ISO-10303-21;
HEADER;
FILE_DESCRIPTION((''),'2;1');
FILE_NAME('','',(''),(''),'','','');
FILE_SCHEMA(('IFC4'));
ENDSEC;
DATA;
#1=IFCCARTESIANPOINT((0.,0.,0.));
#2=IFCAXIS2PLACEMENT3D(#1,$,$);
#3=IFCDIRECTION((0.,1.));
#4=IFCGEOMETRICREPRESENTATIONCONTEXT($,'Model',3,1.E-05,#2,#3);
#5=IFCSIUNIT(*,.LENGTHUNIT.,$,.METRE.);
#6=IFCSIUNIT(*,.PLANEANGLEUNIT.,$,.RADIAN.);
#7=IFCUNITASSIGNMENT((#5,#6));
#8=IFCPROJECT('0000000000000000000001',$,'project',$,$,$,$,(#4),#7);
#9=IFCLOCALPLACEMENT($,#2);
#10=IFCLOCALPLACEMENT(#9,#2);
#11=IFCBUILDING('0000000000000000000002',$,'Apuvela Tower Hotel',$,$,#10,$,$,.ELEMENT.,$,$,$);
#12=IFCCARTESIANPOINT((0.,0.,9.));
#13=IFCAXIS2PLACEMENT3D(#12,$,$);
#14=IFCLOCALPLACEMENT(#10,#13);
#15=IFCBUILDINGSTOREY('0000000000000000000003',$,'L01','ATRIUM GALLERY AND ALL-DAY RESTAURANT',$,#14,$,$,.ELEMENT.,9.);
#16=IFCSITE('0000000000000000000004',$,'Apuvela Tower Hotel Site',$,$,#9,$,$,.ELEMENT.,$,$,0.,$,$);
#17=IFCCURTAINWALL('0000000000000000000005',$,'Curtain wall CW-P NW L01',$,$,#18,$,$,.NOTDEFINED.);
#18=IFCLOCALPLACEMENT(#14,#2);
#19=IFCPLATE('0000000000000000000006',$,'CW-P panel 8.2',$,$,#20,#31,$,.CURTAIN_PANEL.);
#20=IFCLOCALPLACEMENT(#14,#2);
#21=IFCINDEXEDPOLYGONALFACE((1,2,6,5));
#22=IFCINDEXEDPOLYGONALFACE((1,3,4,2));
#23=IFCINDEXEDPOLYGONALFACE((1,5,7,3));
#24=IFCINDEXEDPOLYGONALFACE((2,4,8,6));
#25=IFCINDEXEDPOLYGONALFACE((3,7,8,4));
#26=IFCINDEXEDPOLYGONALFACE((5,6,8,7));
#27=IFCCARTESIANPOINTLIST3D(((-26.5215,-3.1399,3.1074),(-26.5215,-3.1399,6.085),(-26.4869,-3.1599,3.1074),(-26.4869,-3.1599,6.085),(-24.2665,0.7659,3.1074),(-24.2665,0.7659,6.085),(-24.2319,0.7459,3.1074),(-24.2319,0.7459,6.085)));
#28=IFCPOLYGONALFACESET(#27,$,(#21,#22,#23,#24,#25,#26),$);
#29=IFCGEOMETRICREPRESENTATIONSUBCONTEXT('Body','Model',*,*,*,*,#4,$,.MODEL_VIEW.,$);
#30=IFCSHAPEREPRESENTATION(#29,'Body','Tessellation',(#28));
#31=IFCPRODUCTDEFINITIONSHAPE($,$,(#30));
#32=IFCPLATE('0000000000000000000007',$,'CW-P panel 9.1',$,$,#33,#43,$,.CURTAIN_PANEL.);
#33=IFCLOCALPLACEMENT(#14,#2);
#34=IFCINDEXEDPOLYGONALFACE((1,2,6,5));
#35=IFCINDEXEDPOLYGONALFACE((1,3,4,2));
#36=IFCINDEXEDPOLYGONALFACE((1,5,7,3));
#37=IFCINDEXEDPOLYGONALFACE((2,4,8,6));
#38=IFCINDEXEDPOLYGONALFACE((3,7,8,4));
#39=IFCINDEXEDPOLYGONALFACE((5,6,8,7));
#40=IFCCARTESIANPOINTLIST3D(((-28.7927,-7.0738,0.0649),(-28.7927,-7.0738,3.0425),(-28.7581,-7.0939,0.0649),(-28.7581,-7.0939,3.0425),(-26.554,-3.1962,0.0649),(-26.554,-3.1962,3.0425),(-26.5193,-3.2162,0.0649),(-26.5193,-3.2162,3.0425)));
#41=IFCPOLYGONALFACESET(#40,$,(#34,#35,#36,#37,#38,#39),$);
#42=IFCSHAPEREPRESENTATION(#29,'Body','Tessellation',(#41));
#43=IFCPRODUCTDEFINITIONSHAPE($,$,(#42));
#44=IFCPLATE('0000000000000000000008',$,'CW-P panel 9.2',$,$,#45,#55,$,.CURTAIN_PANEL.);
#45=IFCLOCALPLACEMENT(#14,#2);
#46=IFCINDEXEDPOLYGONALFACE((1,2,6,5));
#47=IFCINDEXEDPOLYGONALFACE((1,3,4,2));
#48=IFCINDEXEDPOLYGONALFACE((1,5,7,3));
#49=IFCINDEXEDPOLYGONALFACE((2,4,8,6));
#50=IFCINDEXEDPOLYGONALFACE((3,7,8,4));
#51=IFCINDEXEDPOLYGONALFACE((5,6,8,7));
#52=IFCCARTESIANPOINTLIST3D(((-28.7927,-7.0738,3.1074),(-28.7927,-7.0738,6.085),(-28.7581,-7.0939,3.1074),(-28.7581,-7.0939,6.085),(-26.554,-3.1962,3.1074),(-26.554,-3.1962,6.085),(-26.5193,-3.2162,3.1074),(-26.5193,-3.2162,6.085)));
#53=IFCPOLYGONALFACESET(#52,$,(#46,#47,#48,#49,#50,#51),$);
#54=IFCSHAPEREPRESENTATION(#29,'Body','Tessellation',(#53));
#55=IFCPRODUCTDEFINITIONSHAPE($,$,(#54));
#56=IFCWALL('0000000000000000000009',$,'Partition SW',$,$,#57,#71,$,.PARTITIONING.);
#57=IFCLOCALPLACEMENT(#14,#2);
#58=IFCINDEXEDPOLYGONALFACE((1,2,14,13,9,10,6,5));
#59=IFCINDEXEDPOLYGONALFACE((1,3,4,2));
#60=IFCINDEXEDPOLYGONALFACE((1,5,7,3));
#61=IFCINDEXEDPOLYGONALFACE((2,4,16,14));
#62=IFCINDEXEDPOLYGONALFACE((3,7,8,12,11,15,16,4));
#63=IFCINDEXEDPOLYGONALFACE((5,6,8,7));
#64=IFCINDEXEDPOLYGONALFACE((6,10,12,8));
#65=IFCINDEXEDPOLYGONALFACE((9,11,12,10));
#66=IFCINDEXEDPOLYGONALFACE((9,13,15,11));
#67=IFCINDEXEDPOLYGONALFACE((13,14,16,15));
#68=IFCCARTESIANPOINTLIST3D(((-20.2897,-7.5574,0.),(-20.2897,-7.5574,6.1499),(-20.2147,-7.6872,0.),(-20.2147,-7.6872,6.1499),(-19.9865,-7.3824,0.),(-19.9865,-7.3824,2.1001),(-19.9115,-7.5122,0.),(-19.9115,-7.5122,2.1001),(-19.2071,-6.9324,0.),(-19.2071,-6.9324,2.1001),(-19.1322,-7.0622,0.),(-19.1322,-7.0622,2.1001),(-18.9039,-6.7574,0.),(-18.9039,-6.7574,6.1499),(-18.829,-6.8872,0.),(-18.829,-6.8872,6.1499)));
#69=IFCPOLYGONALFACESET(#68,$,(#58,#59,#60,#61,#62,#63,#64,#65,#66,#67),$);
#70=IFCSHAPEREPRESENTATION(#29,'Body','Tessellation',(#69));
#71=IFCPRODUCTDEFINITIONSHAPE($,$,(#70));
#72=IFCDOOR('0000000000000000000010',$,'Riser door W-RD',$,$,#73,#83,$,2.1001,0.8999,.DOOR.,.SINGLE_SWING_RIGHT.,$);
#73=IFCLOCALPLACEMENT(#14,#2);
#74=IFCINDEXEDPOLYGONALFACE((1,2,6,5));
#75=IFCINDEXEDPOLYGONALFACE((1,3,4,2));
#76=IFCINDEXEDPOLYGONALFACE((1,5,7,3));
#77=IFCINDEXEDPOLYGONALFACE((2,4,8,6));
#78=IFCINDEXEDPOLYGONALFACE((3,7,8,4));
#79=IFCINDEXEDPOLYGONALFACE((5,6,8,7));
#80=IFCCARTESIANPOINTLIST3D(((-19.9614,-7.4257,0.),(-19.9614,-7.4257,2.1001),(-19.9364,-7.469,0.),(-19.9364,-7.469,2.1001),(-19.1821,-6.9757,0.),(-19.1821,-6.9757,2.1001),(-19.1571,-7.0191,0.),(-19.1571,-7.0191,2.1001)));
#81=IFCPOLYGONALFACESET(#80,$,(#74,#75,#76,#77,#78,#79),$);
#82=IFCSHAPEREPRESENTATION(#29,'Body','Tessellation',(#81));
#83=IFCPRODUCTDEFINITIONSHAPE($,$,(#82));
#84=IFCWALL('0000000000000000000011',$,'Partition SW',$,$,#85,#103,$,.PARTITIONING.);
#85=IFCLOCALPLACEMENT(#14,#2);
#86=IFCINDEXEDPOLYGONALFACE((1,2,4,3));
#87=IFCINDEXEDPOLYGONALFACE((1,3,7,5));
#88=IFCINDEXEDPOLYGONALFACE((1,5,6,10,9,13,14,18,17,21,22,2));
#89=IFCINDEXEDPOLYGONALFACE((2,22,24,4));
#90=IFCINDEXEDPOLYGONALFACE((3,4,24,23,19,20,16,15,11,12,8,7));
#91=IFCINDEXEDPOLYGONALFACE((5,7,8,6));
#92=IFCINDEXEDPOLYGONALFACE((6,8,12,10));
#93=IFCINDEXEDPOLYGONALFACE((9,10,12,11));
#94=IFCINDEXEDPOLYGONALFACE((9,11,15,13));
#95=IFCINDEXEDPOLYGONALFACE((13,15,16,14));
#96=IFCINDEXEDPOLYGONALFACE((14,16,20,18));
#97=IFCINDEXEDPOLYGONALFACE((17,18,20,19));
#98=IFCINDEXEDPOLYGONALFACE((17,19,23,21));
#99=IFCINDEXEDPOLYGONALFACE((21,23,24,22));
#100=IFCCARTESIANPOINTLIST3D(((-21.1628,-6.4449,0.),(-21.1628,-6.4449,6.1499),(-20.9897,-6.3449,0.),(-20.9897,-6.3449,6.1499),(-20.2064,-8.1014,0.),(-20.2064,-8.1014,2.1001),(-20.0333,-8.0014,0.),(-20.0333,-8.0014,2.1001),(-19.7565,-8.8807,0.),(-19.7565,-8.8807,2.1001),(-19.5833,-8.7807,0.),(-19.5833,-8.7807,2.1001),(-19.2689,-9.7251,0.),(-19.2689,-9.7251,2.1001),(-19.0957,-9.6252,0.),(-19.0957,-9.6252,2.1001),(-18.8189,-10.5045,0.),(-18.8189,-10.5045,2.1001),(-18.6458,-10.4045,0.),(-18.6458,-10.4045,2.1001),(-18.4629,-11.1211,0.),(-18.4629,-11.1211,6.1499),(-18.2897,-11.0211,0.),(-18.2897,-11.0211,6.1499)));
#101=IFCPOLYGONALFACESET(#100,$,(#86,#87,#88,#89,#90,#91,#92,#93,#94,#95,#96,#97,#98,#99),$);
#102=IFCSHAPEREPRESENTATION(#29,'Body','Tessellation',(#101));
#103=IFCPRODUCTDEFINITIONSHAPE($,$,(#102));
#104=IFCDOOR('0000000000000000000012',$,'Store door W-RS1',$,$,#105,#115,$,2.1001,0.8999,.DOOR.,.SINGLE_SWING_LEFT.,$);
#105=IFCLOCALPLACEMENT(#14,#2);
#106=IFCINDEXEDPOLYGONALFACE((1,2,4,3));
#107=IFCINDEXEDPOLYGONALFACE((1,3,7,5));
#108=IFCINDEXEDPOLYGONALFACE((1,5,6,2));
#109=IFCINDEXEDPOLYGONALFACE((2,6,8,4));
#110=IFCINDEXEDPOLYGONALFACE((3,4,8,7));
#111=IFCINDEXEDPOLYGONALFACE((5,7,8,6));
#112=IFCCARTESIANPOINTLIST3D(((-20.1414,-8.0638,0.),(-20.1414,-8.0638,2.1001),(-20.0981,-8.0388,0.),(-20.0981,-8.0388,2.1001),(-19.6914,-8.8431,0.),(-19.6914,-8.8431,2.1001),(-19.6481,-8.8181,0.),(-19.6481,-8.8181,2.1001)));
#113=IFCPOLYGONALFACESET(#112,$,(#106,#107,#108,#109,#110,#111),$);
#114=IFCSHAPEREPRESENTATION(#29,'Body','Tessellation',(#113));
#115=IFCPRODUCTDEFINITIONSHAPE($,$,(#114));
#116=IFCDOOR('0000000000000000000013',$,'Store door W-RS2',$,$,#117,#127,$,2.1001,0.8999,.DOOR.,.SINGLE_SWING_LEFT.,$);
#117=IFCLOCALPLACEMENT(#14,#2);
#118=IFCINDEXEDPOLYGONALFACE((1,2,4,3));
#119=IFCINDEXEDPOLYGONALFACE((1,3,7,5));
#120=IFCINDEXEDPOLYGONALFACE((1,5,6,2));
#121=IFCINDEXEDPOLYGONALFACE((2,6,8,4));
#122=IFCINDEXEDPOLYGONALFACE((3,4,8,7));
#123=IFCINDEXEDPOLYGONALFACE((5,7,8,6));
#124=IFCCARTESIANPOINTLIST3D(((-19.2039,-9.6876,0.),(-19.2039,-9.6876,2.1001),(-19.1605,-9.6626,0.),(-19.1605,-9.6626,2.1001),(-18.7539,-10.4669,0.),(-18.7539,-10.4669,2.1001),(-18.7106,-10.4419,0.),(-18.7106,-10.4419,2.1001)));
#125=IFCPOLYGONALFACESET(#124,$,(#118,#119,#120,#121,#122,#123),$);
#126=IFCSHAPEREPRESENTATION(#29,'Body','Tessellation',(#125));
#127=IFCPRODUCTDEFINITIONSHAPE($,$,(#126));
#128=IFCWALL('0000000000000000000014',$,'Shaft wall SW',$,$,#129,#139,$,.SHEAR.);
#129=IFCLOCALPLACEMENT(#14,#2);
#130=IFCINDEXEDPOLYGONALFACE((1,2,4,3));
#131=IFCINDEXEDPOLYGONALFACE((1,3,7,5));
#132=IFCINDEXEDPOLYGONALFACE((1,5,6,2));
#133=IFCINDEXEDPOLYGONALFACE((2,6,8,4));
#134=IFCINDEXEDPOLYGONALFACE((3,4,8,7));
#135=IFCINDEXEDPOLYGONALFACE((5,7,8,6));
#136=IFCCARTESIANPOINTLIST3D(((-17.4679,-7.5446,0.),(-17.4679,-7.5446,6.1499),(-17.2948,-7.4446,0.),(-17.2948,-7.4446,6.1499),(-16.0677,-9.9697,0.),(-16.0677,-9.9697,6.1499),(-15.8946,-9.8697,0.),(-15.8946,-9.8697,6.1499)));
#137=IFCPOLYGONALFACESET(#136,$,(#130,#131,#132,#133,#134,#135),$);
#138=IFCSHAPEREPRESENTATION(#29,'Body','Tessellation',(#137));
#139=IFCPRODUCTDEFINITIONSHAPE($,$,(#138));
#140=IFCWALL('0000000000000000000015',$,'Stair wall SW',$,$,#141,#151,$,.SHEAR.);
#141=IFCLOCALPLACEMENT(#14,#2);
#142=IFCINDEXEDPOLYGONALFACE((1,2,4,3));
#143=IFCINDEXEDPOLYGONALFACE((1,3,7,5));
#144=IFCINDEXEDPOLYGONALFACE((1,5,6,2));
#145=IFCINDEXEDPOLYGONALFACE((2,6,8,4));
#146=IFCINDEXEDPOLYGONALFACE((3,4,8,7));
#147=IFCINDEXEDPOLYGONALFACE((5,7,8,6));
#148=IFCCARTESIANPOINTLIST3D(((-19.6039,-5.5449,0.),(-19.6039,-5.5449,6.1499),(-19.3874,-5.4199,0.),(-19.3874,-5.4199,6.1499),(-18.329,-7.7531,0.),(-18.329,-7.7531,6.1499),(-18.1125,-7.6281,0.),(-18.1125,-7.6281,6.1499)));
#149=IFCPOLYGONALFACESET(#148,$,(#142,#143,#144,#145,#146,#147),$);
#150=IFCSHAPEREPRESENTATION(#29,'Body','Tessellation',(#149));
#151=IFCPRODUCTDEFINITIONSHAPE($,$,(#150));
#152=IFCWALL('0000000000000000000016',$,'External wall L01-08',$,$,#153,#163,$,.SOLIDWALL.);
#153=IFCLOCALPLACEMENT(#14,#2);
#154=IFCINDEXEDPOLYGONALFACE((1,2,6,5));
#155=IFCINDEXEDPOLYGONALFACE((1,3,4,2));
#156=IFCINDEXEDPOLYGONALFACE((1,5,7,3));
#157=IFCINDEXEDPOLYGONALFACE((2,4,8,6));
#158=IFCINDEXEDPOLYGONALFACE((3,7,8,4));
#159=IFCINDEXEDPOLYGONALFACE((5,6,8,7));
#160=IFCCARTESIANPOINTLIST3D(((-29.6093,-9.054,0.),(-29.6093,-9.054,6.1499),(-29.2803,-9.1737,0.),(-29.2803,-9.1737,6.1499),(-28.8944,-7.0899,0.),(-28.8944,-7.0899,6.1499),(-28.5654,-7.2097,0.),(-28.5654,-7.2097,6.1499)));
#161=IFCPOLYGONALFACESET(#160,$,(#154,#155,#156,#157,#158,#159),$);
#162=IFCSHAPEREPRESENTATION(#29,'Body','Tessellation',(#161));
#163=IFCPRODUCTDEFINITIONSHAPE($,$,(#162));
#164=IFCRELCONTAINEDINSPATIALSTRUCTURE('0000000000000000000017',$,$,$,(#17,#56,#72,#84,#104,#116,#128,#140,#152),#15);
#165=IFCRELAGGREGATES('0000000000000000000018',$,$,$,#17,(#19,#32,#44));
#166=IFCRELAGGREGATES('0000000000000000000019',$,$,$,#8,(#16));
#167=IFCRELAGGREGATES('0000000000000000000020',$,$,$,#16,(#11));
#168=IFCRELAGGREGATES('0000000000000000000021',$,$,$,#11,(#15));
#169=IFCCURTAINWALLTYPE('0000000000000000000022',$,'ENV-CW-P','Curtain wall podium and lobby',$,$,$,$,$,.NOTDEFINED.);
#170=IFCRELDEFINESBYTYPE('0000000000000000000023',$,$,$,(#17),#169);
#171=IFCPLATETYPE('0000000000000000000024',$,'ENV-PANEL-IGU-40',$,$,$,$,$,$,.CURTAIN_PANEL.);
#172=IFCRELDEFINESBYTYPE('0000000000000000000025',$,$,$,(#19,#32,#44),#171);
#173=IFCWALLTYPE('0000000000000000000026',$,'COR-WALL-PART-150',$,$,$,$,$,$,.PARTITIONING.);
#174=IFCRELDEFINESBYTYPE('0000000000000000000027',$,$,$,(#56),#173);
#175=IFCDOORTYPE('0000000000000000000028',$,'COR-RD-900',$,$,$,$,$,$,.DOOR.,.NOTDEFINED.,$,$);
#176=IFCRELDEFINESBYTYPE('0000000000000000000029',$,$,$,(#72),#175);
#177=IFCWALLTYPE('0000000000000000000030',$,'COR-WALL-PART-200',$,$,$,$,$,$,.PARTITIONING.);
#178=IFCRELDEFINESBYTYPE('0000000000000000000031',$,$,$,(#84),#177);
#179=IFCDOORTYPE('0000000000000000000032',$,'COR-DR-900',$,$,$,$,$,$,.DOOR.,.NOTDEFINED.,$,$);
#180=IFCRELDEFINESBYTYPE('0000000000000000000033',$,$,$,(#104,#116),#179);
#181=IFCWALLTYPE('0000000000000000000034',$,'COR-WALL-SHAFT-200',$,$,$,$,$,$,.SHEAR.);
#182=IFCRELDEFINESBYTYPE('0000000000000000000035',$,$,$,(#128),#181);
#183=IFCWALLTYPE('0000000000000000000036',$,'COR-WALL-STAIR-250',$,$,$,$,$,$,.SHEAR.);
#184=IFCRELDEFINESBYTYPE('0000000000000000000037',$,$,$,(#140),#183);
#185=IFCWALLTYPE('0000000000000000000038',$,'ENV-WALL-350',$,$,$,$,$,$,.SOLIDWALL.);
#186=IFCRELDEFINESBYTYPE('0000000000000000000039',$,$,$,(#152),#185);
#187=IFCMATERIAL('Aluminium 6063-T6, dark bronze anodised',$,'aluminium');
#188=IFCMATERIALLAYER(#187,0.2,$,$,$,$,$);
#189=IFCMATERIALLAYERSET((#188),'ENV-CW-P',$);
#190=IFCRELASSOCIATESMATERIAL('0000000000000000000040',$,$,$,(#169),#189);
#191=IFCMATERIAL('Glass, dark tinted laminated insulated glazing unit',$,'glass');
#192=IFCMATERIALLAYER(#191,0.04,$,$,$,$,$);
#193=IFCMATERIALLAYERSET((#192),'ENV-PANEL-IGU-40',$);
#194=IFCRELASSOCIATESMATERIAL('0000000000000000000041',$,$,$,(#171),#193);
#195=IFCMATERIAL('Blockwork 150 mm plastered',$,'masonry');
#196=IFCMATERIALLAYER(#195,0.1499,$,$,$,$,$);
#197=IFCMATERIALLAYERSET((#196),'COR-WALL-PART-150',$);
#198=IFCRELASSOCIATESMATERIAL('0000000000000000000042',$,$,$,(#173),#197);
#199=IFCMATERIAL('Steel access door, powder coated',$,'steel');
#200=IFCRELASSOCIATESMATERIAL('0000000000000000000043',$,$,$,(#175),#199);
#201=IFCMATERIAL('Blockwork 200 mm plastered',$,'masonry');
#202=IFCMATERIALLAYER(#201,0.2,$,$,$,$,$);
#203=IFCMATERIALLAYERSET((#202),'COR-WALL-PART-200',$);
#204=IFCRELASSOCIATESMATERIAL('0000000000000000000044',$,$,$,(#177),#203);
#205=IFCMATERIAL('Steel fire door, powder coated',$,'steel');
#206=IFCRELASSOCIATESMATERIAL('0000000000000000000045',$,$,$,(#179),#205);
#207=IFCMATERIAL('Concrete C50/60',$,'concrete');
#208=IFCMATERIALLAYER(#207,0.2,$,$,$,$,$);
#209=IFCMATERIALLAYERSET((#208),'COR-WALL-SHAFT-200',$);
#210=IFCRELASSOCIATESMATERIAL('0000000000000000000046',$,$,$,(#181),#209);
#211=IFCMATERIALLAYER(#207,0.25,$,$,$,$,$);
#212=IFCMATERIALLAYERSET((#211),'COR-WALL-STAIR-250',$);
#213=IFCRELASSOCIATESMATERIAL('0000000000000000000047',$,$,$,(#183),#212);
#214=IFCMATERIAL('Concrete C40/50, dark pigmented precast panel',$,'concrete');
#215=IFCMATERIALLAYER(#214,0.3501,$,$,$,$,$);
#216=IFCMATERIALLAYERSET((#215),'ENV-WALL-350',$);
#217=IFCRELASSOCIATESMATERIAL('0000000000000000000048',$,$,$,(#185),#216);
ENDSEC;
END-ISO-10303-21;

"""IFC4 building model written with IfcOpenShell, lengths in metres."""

from ifc_helpers import new_model, si_unit, direction, frame, frame_2d, origin, origin_2d, place, context, subcontext, project, spatial, rectangle, extrude, material, layer, layer_set, type_object, element, fill, aggregate, save


model = new_model("IFC4")

# Units and contexts
model_context = context("Model", 3, precision=1e-05, world=origin(), true_north=direction((0.0, 1.0)))
body_context = subcontext(model_context, "Body", "Model", "MODEL_VIEW")
ifc_project = project(units=[si_unit("LENGTHUNIT", "METRE"), si_unit("PLANEANGLEUNIT", "RADIAN")], contexts=[model_context])

# Site, building, storey
site_placement = place(None, origin())
site = spatial("IfcSite", under=ifc_project, at=site_placement, Name="Apuvela Tower Hotel Site", CompositionType="ELEMENT", RefElevation=0.0)
building_placement = place(site_placement, origin())
building = spatial("IfcBuilding", under=site, at=building_placement, Name="Apuvela Tower Hotel", CompositionType="ELEMENT")
storey_placement = place(building_placement, frame((0.0, 0.0, 9.0)))
storey = spatial("IfcBuildingStorey", under=building, at=storey_placement, Name="L01", Description="ATRIUM GALLERY AND ALL-DAY RESTAURANT", CompositionType="ELEMENT", Elevation=9.0)

# Curtain wall
ifc_material_1 = material(Name="Aluminium 6063-T6, dark bronze anodised", Category="aluminium")
ifc_layer_1 = layer(ifc_material_1, 0.2)
ifc_layer_set_1 = layer_set([ifc_layer_1], Name="ENV-CW-P")
curtain_wall_type = type_object("IfcCurtainWallType", Name="ENV-CW-P", Description="Curtain wall podium and lobby", PredefinedType="NOTDEFINED", material=ifc_layer_set_1)
curtain_wall_placement = place(storey_placement, origin())
curtain_wall = element("IfcCurtainWall", 1, at=curtain_wall_placement, inside=storey, type_object=curtain_wall_type, Name="Curtain wall CW-P NW L01", PredefinedType="NOTDEFINED")

# Plates
ifc_material_2 = material(Name="Glass, dark tinted laminated insulated glazing unit", Category="glass")
ifc_layer_2 = layer(ifc_material_2, 0.04)
ifc_layer_set_2 = layer_set([ifc_layer_2], Name="ENV-PANEL-IGU-40")
plate_type = type_object("IfcPlateType", Name="ENV-PANEL-IGU-40", PredefinedType="CURTAIN_PANEL", material=ifc_layer_set_2)
plate_1_placement = place(storey_placement, frame((-25.3767, -1.197, 3.1074), z_axis=(0.0, 0.0, 1.0), x_axis=(-0.5, -0.866025, 0.0)))
plate_1 = element("IfcPlate", 2, at=plate_1_placement, type_object=plate_type, Name="CW-P panel 8.2", PredefinedType="CURTAIN_PANEL", context=body_context, shape_type="SweptSolid", body=[
    extrude(rectangle(XDim=4.51, YDim=0.04, at=origin_2d()), origin(), (0.0, 0.0, 1.0), 2.9775),
])
plate_2_placement = place(storey_placement, frame((-27.656, -5.145, 0.0649), z_axis=(0.0, 0.0, 1.0), x_axis=(-0.5, -0.866025, 0.0)))
plate_2 = element("IfcPlate", 3, at=plate_2_placement, type_object=plate_type, Name="CW-P panel 9.1", PredefinedType="CURTAIN_PANEL", context=body_context, shape_type="SweptSolid", body=[
    extrude(rectangle(XDim=4.4775, YDim=0.04, at=origin_2d()), origin(), (0.0, 0.0, 1.0), 2.9775),
])
plate_3_placement = place(storey_placement, frame((-27.656, -5.145, 3.1074), z_axis=(0.0, 0.0, 1.0), x_axis=(-0.5, -0.866025, 0.0)))
plate_3 = element("IfcPlate", 4, at=plate_3_placement, type_object=plate_type, Name="CW-P panel 9.2", PredefinedType="CURTAIN_PANEL", context=body_context, shape_type="SweptSolid", body=[
    extrude(rectangle(XDim=4.4775, YDim=0.04, at=origin_2d()), origin(), (0.0, 0.0, 1.0), 2.9775),
])
aggregate(curtain_wall, [plate_1, plate_2, plate_3])

# Wall, opening, door
ifc_material_3 = material(Name="Blockwork 150 mm plastered", Category="masonry")
ifc_layer_3 = layer(ifc_material_3, 0.1499)
ifc_layer_set_3 = layer_set([ifc_layer_3], Name="COR-WALL-PART-150")
wall_type_1 = type_object("IfcWallType", Name="COR-WALL-PART-150", PredefinedType="PARTITIONING", material=ifc_layer_set_3)
wall_1_placement = place(storey_placement, frame((-18.8665, -6.8223, 0.0), z_axis=(0.0, 0.0, 1.0), x_axis=(-0.866028, -0.499995, 0.0)))
wall_1 = element("IfcWall", 5, at=wall_1_placement, inside=storey, type_object=wall_type_1, Name="Partition SW", PredefinedType="PARTITIONING", context=body_context, shape_type="SweptSolid", body=[
    extrude(rectangle(XDim=1.6001, YDim=0.1499, at=frame_2d((0.8, 0.0))), origin(), (0.0, 0.0, 1.0), 6.1499),
])
opening_1_placement = place(wall_1_placement, frame((0.3501, 0.0, 0.0)))
opening_1 = element("IfcOpeningElement", 6, at=opening_1_placement, cuts=wall_1, PredefinedType="OPENING", context=body_context, shape_type="SweptSolid", body=[
    extrude(rectangle(XDim=0.8999, YDim=2.1001, at=frame_2d((0.45, 1.05))), frame((0.0, 0.085, 0.0), z_axis=(0.0, -1.0, 0.0), x_axis=(1.0, 0.0, 0.0)), (0.0, 0.0, 1.0), 0.1699),
])
ifc_material_4 = material(Name="Steel access door, powder coated", Category="steel")
door_type_1 = type_object("IfcDoorType", Name="COR-RD-900", OperationType="NOTDEFINED", PredefinedType="DOOR", material=ifc_material_4)
door_1_placement = place(opening_1_placement, frame((0.8999, 0.0, 0.0), z_axis=(0.0, 0.0, 1.0), x_axis=(-1.0, 0.0, 0.0)))
door_1 = element("IfcDoor", 7, at=door_1_placement, inside=storey, type_object=door_type_1, Name="Riser door W-RD", OperationType="SINGLE_SWING_RIGHT", OverallHeight=2.1001, OverallWidth=0.8999, PredefinedType="DOOR", context=body_context, shape_type="SweptSolid", body=[
    extrude(rectangle(XDim=0.8999, YDim=2.1001, at=frame_2d((0.45, 1.05))), frame((0.0, 0.0249, 0.0), z_axis=(0.0, -1.0, 0.0), x_axis=(1.0, 0.0, 0.0)), (0.0, 0.0, 1.0), 0.05),
])
fill(opening_1, door_1)

# Wall, openings, doors
ifc_material_5 = material(Name="Blockwork 200 mm plastered", Category="masonry")
ifc_layer_4 = layer(ifc_material_5, 0.2)
ifc_layer_set_4 = layer_set([ifc_layer_4], Name="COR-WALL-PART-200")
wall_type_2 = type_object("IfcWallType", Name="COR-WALL-PART-200", PredefinedType="PARTITIONING", material=ifc_layer_set_4)
wall_2_placement = place(storey_placement, frame((-21.0762, -6.395, 0.0), z_axis=(0.0, 0.0, 1.0), x_axis=(0.500015, -0.866017, 0.0)))
wall_2 = element("IfcWall", 8, at=wall_2_placement, inside=storey, type_object=wall_type_2, Name="Partition SW", PredefinedType="PARTITIONING", context=body_context, shape_type="SweptSolid", body=[
    extrude(rectangle(XDim=5.3997, YDim=0.2, at=frame_2d((2.6997, 0.0))), origin(), (0.0, 0.0, 1.0), 6.1499),
])
opening_2_placement = place(wall_2_placement, frame((1.9126, 0.0, 0.0)))
opening_2 = element("IfcOpeningElement", 9, at=opening_2_placement, cuts=wall_2, PredefinedType="OPENING", context=body_context, shape_type="SweptSolid", body=[
    extrude(rectangle(XDim=0.8999, YDim=2.1001, at=frame_2d((0.45, 1.05))), frame((0.0, 0.1099, 0.0), z_axis=(0.0, -1.0, 0.0), x_axis=(1.0, 0.0, 0.0)), (0.0, 0.0, 1.0), 0.22),
])
opening_3_placement = place(wall_2_placement, frame((3.7876, 0.0, 0.0)))
opening_3 = element("IfcOpeningElement", 10, at=opening_3_placement, cuts=wall_2, PredefinedType="OPENING", context=body_context, shape_type="SweptSolid", body=[
    extrude(rectangle(XDim=0.8999, YDim=2.1001, at=frame_2d((0.45, 1.05))), frame((0.0, 0.1099, 0.0), z_axis=(0.0, -1.0, 0.0), x_axis=(1.0, 0.0, 0.0)), (0.0, 0.0, 1.0), 0.22),
])
ifc_material_6 = material(Name="Steel fire door, powder coated", Category="steel")
door_type_2 = type_object("IfcDoorType", Name="COR-DR-900", OperationType="NOTDEFINED", PredefinedType="DOOR", material=ifc_material_6)
door_2_placement = place(opening_2_placement, frame((0.8999, 0.0, 0.0), z_axis=(0.0, 0.0, 1.0), x_axis=(-1.0, 0.0, 0.0)))
door_2 = element("IfcDoor", 11, at=door_2_placement, inside=storey, type_object=door_type_2, Name="Store door W-RS1", OperationType="SINGLE_SWING_LEFT", OverallHeight=2.1001, OverallWidth=0.8999, PredefinedType="DOOR", context=body_context, shape_type="SweptSolid", body=[
    extrude(rectangle(XDim=0.8999, YDim=2.1001, at=frame_2d((0.45, 1.05))), frame((0.0, 0.0249, 0.0), z_axis=(0.0, -1.0, 0.0), x_axis=(1.0, 0.0, 0.0)), (0.0, 0.0, 1.0), 0.05),
])
fill(opening_2, door_2)
door_3_placement = place(opening_3_placement, frame((0.8999, 0.0, 0.0), z_axis=(0.0, 0.0, 1.0), x_axis=(-1.0, 0.0, 0.0)))
door_3 = element("IfcDoor", 12, at=door_3_placement, inside=storey, type_object=door_type_2, Name="Store door W-RS2", OperationType="SINGLE_SWING_LEFT", OverallHeight=2.1001, OverallWidth=0.8999, PredefinedType="DOOR", context=body_context, shape_type="SweptSolid", body=[
    extrude(rectangle(XDim=0.8999, YDim=2.1001, at=frame_2d((0.45, 1.05))), frame((0.0, 0.0249, 0.0), z_axis=(0.0, -1.0, 0.0), x_axis=(1.0, 0.0, 0.0)), (0.0, 0.0, 1.0), 0.05),
])
fill(opening_3, door_3)

# Walls
ifc_material_7 = material(Name="Concrete C50/60", Category="concrete")
ifc_layer_5 = layer(ifc_material_7, 0.2)
ifc_layer_set_5 = layer_set([ifc_layer_5], Name="COR-WALL-SHAFT-200")
wall_type_3 = type_object("IfcWallType", Name="COR-WALL-SHAFT-200", PredefinedType="SHEAR", material=ifc_layer_set_5)
wall_3_placement = place(storey_placement, frame((-17.3813, -7.4946, 0.0), z_axis=(0.0, 0.0, 1.0), x_axis=(0.500012, -0.866019, 0.0)))
element("IfcWall", 13, at=wall_3_placement, inside=storey, type_object=wall_type_3, Name="Shaft wall SW", PredefinedType="SHEAR", context=body_context, shape_type="SweptSolid", body=[
    extrude(rectangle(XDim=2.8003, YDim=0.2, at=frame_2d((1.4001, 0.0))), origin(), (0.0, 0.0, 1.0), 6.1499),
])
ifc_layer_6 = layer(ifc_material_7, 0.25)
ifc_layer_set_6 = layer_set([ifc_layer_6], Name="COR-WALL-STAIR-250")
wall_type_4 = type_object("IfcWallType", Name="COR-WALL-STAIR-250", PredefinedType="SHEAR", material=ifc_layer_set_6)
wall_4_placement = place(storey_placement, frame((-19.4956, -5.4824, 0.0), z_axis=(0.0, 0.0, 1.0), x_axis=(0.49999, -0.866031, 0.0)))
element("IfcWall", 14, at=wall_4_placement, inside=storey, type_object=wall_type_4, Name="Stair wall SW", PredefinedType="SHEAR", context=body_context, shape_type="SweptSolid", body=[
    extrude(rectangle(XDim=2.5498, YDim=0.25, at=frame_2d((1.2749, 0.0))), origin(), (0.0, 0.0, 1.0), 6.1499),
])
ifc_material_8 = material(Name="Concrete C40/50, dark pigmented precast panel", Category="concrete")
ifc_layer_7 = layer(ifc_material_8, 0.3501)
ifc_layer_set_7 = layer_set([ifc_layer_7], Name="ENV-WALL-350")
wall_type_5 = type_object("IfcWallType", Name="ENV-WALL-350", PredefinedType="SOLIDWALL", material=ifc_layer_set_7)
wall_5_placement = place(storey_placement, frame((-28.73, -7.1499, 0.0), z_axis=(0.0, 0.0, 1.0), x_axis=(-0.342006, -0.939698, 0.0)))
element("IfcWall", 15, at=wall_5_placement, inside=storey, type_object=wall_type_5, Name="External wall L01-08", PredefinedType="SOLIDWALL", context=body_context, shape_type="SweptSolid", body=[
    extrude(rectangle(XDim=2.0901, YDim=0.3501, at=frame_2d((1.0449, 0.0))), origin(), (0.0, 0.0, 1.0), 6.1499),
])

save(model, "model.ifc")
